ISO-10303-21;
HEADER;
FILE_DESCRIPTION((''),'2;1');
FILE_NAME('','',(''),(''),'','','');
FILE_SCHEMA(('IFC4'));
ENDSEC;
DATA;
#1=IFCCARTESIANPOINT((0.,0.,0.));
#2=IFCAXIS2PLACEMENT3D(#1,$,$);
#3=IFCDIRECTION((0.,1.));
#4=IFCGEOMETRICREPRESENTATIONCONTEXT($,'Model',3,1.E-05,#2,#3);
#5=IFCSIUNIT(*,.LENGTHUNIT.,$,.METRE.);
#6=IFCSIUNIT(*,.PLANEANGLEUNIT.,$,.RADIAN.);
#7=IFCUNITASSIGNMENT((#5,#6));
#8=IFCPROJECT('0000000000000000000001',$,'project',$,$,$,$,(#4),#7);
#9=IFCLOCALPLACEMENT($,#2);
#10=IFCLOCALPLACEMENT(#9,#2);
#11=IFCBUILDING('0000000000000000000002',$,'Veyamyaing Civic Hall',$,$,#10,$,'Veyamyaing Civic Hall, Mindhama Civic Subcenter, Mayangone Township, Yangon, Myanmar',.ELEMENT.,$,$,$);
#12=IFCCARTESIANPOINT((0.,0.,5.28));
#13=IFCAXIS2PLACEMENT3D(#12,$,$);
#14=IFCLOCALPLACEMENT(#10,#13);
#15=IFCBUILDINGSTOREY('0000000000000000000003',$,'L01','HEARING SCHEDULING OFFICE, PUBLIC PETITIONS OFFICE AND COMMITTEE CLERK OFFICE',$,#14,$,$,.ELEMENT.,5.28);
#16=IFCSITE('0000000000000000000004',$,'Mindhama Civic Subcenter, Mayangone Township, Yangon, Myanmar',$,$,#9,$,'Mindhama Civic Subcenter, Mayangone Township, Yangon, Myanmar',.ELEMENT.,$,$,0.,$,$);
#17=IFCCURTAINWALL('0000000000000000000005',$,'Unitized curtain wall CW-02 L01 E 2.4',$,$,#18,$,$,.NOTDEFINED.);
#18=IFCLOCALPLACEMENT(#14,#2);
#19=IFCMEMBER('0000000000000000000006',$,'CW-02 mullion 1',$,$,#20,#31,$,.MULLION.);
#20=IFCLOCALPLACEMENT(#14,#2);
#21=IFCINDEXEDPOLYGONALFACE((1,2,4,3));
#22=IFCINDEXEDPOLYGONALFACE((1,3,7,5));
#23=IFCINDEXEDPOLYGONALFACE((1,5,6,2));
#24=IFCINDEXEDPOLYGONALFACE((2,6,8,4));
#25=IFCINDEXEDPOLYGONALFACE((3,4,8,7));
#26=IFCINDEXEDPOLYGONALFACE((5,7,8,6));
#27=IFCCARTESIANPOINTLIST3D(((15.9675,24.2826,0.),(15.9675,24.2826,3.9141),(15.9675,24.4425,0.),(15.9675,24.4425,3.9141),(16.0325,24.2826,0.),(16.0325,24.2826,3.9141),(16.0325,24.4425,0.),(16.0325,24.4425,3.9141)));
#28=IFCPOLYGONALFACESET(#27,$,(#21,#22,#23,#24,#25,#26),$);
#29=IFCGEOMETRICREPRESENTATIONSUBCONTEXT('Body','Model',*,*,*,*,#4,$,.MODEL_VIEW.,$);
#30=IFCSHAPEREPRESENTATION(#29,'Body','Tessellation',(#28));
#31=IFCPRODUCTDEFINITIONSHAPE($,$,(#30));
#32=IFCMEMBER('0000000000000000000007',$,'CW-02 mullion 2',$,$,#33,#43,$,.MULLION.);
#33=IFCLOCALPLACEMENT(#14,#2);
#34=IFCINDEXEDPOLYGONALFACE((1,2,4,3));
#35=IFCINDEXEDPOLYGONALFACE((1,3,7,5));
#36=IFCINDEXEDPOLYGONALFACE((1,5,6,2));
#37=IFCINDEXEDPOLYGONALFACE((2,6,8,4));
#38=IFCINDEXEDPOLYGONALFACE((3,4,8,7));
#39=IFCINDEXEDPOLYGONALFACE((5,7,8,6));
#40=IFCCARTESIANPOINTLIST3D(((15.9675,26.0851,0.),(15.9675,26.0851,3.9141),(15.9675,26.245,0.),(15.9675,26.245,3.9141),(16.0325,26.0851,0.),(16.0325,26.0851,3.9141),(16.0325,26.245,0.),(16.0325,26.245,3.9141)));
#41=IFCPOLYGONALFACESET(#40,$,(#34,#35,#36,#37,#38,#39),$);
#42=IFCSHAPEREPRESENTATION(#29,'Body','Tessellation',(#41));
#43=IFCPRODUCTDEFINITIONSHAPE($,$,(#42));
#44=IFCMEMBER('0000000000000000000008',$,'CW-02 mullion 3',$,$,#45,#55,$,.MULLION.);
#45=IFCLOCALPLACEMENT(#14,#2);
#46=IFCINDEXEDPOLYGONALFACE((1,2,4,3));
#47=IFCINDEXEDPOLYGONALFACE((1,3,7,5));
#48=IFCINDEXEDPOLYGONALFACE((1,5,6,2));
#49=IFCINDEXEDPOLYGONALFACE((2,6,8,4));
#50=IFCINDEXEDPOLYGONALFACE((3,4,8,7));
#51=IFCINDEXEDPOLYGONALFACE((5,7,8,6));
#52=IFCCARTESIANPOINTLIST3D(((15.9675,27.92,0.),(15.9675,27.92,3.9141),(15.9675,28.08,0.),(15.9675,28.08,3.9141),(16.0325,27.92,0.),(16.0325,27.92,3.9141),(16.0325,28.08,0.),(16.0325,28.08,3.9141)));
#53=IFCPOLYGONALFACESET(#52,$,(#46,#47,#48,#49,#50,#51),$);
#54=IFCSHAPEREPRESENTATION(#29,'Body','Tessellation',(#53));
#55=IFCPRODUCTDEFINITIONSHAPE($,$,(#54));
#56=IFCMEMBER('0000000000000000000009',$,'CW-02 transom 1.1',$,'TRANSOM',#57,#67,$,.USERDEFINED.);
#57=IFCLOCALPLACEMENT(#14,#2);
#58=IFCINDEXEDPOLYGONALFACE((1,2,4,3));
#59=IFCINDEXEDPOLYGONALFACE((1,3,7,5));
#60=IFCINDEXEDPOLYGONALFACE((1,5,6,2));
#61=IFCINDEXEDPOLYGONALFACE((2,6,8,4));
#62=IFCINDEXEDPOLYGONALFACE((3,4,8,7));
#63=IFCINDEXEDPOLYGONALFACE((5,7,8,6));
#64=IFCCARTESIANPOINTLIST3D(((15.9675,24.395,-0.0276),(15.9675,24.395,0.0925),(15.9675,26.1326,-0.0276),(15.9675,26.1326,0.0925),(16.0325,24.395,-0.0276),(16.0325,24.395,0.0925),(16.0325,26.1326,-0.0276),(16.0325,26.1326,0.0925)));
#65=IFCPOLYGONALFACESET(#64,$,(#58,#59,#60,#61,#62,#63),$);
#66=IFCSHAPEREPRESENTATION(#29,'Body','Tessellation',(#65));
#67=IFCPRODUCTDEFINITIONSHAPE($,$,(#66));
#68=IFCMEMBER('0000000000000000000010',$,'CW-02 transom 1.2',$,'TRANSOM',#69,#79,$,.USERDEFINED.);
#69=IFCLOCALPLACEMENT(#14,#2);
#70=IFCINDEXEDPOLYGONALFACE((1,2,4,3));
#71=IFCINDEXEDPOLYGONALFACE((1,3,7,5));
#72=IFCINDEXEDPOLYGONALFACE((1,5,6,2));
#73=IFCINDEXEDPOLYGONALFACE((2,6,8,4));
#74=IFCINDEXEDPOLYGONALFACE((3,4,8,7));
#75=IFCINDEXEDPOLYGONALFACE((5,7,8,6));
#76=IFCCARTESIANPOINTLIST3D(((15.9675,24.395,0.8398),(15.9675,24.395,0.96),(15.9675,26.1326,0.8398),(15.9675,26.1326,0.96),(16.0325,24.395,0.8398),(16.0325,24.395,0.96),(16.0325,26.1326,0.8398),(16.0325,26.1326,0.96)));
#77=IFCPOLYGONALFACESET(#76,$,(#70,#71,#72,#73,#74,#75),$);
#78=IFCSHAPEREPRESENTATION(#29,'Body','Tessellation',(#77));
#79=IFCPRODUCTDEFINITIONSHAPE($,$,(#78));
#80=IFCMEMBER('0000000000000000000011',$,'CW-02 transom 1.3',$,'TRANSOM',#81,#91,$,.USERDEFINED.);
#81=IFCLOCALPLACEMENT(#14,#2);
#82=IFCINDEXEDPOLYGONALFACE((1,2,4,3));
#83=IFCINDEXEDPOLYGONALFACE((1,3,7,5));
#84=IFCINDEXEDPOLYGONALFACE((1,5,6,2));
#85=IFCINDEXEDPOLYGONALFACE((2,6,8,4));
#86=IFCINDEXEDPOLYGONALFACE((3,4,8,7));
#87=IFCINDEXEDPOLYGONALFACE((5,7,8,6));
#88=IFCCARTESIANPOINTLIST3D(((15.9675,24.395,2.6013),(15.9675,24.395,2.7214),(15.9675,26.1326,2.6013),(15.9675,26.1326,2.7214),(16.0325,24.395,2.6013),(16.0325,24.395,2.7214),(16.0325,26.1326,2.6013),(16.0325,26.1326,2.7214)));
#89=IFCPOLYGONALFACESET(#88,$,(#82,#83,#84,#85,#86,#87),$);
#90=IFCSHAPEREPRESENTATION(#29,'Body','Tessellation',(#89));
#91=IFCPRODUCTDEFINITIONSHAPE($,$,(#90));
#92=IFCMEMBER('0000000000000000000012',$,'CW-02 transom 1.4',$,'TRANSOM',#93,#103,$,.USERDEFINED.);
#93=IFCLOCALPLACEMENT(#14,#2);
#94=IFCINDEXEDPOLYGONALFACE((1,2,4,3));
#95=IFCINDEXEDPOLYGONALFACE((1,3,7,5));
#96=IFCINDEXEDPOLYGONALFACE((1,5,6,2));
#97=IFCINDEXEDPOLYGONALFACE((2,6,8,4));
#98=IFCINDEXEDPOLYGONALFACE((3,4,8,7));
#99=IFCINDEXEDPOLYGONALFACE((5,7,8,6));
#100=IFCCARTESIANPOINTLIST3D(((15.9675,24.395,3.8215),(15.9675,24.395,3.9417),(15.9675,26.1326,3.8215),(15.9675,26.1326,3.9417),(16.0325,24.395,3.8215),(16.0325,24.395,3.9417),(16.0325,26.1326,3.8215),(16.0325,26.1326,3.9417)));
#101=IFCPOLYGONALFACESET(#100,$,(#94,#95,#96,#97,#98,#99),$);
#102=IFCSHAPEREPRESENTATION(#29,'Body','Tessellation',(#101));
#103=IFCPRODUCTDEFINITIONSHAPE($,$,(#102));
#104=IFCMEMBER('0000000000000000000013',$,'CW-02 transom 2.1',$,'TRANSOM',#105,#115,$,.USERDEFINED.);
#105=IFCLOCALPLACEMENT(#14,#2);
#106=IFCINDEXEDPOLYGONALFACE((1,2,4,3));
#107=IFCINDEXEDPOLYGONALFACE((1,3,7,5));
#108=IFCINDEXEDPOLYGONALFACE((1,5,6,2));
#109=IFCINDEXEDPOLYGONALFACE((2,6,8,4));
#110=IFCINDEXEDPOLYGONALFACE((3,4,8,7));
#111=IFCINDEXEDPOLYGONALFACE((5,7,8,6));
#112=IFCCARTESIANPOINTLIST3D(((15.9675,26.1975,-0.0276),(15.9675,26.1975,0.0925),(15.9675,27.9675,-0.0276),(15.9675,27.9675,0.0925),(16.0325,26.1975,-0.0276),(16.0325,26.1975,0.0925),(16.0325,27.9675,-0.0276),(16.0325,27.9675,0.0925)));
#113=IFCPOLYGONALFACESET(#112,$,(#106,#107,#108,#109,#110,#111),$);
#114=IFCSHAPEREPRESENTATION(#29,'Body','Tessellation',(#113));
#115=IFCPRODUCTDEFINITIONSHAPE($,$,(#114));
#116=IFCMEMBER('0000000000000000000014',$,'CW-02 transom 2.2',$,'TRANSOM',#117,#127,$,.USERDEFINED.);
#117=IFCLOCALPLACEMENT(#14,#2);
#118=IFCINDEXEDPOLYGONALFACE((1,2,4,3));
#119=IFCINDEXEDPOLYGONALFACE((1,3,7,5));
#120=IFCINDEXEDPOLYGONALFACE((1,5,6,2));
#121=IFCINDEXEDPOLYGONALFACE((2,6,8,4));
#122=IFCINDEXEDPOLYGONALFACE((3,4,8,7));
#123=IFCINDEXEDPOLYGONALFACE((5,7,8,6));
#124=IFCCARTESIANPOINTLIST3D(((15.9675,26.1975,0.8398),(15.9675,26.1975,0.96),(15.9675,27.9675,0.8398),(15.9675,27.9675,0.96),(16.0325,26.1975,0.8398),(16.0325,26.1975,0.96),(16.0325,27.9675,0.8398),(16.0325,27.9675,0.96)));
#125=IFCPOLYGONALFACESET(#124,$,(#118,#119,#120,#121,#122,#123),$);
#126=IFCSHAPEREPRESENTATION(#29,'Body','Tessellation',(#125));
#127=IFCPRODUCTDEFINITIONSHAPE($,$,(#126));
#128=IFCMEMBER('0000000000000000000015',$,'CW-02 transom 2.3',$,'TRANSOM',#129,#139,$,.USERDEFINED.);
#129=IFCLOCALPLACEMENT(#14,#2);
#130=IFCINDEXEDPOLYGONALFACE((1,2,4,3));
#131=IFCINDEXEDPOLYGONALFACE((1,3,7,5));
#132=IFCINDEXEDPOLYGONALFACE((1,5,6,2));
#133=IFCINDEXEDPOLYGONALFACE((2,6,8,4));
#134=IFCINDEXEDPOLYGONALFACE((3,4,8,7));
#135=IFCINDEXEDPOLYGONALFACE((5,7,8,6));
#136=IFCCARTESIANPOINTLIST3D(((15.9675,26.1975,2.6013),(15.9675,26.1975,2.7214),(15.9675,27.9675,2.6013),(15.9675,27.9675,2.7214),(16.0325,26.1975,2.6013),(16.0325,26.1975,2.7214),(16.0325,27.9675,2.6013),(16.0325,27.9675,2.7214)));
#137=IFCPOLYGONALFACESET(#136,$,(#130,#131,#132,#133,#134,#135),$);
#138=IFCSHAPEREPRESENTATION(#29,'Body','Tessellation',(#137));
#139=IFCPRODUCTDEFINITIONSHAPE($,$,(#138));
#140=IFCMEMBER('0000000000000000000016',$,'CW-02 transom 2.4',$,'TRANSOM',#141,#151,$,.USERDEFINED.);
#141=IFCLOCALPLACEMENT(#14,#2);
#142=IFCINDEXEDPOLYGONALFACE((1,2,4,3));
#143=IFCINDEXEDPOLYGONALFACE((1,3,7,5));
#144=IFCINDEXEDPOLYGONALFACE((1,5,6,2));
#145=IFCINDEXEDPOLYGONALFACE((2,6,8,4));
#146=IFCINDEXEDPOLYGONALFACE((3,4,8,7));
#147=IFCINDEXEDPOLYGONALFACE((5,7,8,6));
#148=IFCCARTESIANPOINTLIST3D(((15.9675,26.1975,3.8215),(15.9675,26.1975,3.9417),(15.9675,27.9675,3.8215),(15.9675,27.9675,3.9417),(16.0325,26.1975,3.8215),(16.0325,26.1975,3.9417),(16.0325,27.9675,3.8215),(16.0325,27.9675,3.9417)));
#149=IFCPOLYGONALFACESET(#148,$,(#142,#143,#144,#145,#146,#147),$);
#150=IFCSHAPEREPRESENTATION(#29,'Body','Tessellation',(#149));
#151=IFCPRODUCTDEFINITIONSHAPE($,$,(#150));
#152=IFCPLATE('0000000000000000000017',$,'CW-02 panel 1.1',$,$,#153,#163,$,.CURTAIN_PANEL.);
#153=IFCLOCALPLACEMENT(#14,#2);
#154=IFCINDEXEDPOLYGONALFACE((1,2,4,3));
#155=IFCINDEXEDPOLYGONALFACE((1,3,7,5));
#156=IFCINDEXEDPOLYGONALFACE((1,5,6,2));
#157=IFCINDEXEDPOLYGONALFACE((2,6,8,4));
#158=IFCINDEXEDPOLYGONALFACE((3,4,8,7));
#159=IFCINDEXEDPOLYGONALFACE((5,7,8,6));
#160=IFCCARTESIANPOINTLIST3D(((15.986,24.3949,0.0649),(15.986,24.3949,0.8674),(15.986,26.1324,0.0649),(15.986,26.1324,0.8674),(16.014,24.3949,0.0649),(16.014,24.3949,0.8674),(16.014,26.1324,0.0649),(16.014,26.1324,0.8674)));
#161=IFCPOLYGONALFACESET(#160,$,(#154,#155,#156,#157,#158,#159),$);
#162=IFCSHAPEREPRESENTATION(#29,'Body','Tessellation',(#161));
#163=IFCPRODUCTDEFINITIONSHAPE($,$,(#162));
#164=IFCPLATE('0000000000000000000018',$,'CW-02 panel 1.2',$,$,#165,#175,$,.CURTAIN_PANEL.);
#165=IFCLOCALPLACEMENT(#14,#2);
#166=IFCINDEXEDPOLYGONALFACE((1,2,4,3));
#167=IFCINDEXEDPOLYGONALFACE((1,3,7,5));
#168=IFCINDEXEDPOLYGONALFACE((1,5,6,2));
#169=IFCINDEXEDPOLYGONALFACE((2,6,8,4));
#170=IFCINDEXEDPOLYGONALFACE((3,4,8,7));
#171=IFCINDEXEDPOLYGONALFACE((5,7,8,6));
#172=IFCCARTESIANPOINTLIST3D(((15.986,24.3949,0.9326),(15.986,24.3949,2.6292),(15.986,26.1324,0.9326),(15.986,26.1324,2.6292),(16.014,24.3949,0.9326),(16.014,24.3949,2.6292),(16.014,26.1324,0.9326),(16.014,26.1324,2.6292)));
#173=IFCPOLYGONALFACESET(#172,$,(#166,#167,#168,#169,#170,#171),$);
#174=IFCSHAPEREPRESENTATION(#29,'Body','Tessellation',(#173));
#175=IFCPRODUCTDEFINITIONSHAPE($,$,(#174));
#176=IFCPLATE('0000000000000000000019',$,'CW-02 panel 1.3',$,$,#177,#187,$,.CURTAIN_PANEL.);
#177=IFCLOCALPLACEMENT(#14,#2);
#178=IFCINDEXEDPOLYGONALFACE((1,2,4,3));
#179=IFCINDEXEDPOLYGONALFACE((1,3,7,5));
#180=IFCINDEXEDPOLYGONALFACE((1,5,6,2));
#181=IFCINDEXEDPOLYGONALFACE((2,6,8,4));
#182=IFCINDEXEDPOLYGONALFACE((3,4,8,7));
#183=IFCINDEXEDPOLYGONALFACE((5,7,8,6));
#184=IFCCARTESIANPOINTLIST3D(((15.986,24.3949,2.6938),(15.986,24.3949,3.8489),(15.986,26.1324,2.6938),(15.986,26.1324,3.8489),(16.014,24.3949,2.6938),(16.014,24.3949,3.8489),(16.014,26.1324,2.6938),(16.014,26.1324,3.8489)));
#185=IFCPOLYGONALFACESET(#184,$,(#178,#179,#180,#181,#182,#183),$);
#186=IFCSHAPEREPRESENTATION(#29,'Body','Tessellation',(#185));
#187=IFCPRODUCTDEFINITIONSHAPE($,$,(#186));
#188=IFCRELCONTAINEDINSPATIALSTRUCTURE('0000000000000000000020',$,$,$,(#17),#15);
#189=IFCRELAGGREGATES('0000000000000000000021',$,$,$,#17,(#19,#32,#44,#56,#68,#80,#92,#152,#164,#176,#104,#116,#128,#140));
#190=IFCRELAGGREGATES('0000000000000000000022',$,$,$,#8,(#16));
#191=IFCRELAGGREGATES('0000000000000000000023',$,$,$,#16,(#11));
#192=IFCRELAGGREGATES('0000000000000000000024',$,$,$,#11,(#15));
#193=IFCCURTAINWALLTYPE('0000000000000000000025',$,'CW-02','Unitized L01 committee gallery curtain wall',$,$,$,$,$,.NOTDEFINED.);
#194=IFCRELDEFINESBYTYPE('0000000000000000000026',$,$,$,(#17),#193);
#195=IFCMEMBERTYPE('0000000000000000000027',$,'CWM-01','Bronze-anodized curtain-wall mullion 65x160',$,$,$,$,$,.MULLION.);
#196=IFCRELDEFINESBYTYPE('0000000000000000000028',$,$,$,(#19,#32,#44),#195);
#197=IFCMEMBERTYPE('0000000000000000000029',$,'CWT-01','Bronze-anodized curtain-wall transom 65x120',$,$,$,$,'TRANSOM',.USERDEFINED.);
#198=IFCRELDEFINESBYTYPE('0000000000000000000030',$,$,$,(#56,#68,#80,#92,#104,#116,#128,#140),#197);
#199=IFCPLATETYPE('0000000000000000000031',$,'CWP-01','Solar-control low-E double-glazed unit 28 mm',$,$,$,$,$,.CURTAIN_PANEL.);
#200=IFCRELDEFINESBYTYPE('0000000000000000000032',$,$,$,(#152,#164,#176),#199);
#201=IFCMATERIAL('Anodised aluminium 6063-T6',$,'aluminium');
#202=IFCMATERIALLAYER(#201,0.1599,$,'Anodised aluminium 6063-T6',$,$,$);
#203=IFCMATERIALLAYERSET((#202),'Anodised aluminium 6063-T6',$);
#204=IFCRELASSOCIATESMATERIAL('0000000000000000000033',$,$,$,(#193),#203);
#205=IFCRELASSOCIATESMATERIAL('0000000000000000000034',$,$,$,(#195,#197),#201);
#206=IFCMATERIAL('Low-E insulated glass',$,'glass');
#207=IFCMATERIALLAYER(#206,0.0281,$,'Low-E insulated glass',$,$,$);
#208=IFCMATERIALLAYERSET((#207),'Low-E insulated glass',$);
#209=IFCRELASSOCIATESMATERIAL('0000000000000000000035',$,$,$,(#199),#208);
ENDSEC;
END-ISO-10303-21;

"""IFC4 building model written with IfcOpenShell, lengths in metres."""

from ifc_helpers import new_model, si_unit, direction, frame, origin, origin_2d, place, context, subcontext, project, spatial, rectangle, extrude, material, layer, layer_set, material_profile, profile_set, type_object, element, aggregate, save


model = new_model("IFC4")

# Units and contexts
model_context = context("Model", 3, precision=1e-05, world=origin(), true_north=direction((0.0, 1.0)))
body_context = subcontext(model_context, "Body", "Model", "MODEL_VIEW")
ifc_project = project(units=[si_unit("LENGTHUNIT", "METRE"), si_unit("PLANEANGLEUNIT", "RADIAN")], contexts=[model_context])

# Site, building, storey
site_placement = place(None, origin())
site = spatial("IfcSite", under=ifc_project, at=site_placement, Name="Mindhama Civic Subcenter, Mayangone Township, Yangon, Myanmar", LongName="Mindhama Civic Subcenter, Mayangone Township, Yangon, Myanmar", CompositionType="ELEMENT", RefElevation=0.0)
building_placement = place(site_placement, origin())
building = spatial("IfcBuilding", under=site, at=building_placement, Name="Veyamyaing Civic Hall", LongName="Veyamyaing Civic Hall, Mindhama Civic Subcenter, Mayangone Township, Yangon, Myanmar", CompositionType="ELEMENT")
storey_placement = place(building_placement, frame((0.0, 0.0, 5.28)))
storey = spatial("IfcBuildingStorey", under=building, at=storey_placement, Name="L01", Description="HEARING SCHEDULING OFFICE, PUBLIC PETITIONS OFFICE AND COMMITTEE CLERK OFFICE", CompositionType="ELEMENT", Elevation=5.28)

# Curtain wall, members, plates
ifc_material_1 = material(Name="Anodised aluminium 6063-T6", Category="aluminium")
ifc_layer_1 = layer(ifc_material_1, 0.1599, Name="Anodised aluminium 6063-T6")
ifc_layer_set_1 = layer_set([ifc_layer_1], Name="Anodised aluminium 6063-T6")
curtain_wall_type = type_object("IfcCurtainWallType", Name="CW-02", Description="Unitized L01 committee gallery curtain wall", PredefinedType="NOTDEFINED", material=ifc_layer_set_1)
curtain_wall_placement = place(storey_placement, origin())
curtain_wall = element("IfcCurtainWall", 1, at=curtain_wall_placement, inside=storey, type_object=curtain_wall_type, Name="Unitized curtain wall CW-02 L01 E 2.4", PredefinedType="NOTDEFINED")
ifc_material_profile_1 = material_profile(ifc_material_1, rectangle(XDim=0.0649, YDim=0.1599, at=origin_2d()), Name="ALU-MUL-65X160")
ifc_profile_set_1 = profile_set([ifc_material_profile_1], Name="Anodised aluminium 6063-T6")
member_type_1 = type_object("IfcMemberType", Name="CWM-01", Description="Bronze-anodized curtain-wall mullion 65x160", PredefinedType="MULLION", material=ifc_profile_set_1)
member_1_placement = place(storey_placement, frame((16.0, 24.3625, 0.0), z_axis=(0.0, 0.0, 1.0), x_axis=(-1.0, 0.0, 0.0)))
member_1 = element("IfcMember", 2, at=member_1_placement, type_object=member_type_1, Name="CW-02 mullion 1", PredefinedType="MULLION", context=body_context, shape_type="SweptSolid", body=[
    extrude(rectangle(XDim=0.0649, YDim=0.1599, at=origin_2d()), origin(), (0.0, 0.0, 1.0), 3.9141),
])
member_2_placement = place(storey_placement, frame((16.0, 26.165, 0.0), z_axis=(0.0, 0.0, 1.0), x_axis=(-1.0, 0.0, 0.0)))
member_2 = element("IfcMember", 3, at=member_2_placement, type_object=member_type_1, Name="CW-02 mullion 2", PredefinedType="MULLION", context=body_context, shape_type="SweptSolid", body=[
    extrude(rectangle(XDim=0.0649, YDim=0.1599, at=origin_2d()), origin(), (0.0, 0.0, 1.0), 3.9141),
])
member_3_placement = place(storey_placement, frame((16.0, 28.0, 0.0), z_axis=(0.0, 0.0, 1.0), x_axis=(-1.0, 0.0, 0.0)))
member_3 = element("IfcMember", 4, at=member_3_placement, type_object=member_type_1, Name="CW-02 mullion 3", PredefinedType="MULLION", context=body_context, shape_type="SweptSolid", body=[
    extrude(rectangle(XDim=0.0649, YDim=0.1599, at=origin_2d()), origin(), (0.0, 0.0, 1.0), 3.9141),
])
ifc_material_profile_2 = material_profile(ifc_material_1, rectangle(XDim=0.0649, YDim=0.1201, at=origin_2d()), Name="ALU-TRN-65X120")
ifc_profile_set_2 = profile_set([ifc_material_profile_2], Name="Anodised aluminium 6063-T6")
member_type_2 = type_object("IfcMemberType", Name="CWT-01", Description="Bronze-anodized curtain-wall transom 65x120", ElementType="TRANSOM", PredefinedType="USERDEFINED", material=ifc_profile_set_2)
member_4_placement = place(storey_placement, frame((16.0, 24.395, 0.0325), z_axis=(0.0, 1.0, 0.0), x_axis=(-1.0, 0.0, 0.0)))
member_4 = element("IfcMember", 5, at=member_4_placement, type_object=member_type_2, Name="CW-02 transom 1.1", ObjectType="TRANSOM", PredefinedType="USERDEFINED", context=body_context, shape_type="SweptSolid", body=[
    extrude(rectangle(XDim=0.0649, YDim=0.1201, at=origin_2d()), origin(), (0.0, 0.0, 1.0), 1.7375),
])
member_5_placement = place(storey_placement, frame((16.0, 24.395, 0.8999), z_axis=(0.0, 1.0, 0.0), x_axis=(-1.0, 0.0, 0.0)))
member_5 = element("IfcMember", 6, at=member_5_placement, type_object=member_type_2, Name="CW-02 transom 1.2", ObjectType="TRANSOM", PredefinedType="USERDEFINED", context=body_context, shape_type="SweptSolid", body=[
    extrude(rectangle(XDim=0.0649, YDim=0.1201, at=origin_2d()), origin(), (0.0, 0.0, 1.0), 1.7375),
])
member_6_placement = place(storey_placement, frame((16.0, 24.395, 2.6614), z_axis=(0.0, 1.0, 0.0), x_axis=(-1.0, 0.0, 0.0)))
member_6 = element("IfcMember", 7, at=member_6_placement, type_object=member_type_2, Name="CW-02 transom 1.3", ObjectType="TRANSOM", PredefinedType="USERDEFINED", context=body_context, shape_type="SweptSolid", body=[
    extrude(rectangle(XDim=0.0649, YDim=0.1201, at=origin_2d()), origin(), (0.0, 0.0, 1.0), 1.7375),
])
member_7_placement = place(storey_placement, frame((16.0, 24.395, 3.8816), z_axis=(0.0, 1.0, 0.0), x_axis=(-1.0, 0.0, 0.0)))
member_7 = element("IfcMember", 8, at=member_7_placement, type_object=member_type_2, Name="CW-02 transom 1.4", ObjectType="TRANSOM", PredefinedType="USERDEFINED", context=body_context, shape_type="SweptSolid", body=[
    extrude(rectangle(XDim=0.0649, YDim=0.1201, at=origin_2d()), origin(), (0.0, 0.0, 1.0), 1.7375),
])
member_8_placement = place(storey_placement, frame((16.0, 26.1975, 0.0325), z_axis=(0.0, 1.0, 0.0), x_axis=(-1.0, 0.0, 0.0)))
member_8 = element("IfcMember", 9, at=member_8_placement, type_object=member_type_2, Name="CW-02 transom 2.1", ObjectType="TRANSOM", PredefinedType="USERDEFINED", context=body_context, shape_type="SweptSolid", body=[
    extrude(rectangle(XDim=0.0649, YDim=0.1201, at=origin_2d()), origin(), (0.0, 0.0, 1.0), 1.77),
])
member_9_placement = place(storey_placement, frame((16.0, 26.1975, 0.8999), z_axis=(0.0, 1.0, 0.0), x_axis=(-1.0, 0.0, 0.0)))
member_9 = element("IfcMember", 10, at=member_9_placement, type_object=member_type_2, Name="CW-02 transom 2.2", ObjectType="TRANSOM", PredefinedType="USERDEFINED", context=body_context, shape_type="SweptSolid", body=[
    extrude(rectangle(XDim=0.0649, YDim=0.1201, at=origin_2d()), origin(), (0.0, 0.0, 1.0), 1.77),
])
member_10_placement = place(storey_placement, frame((16.0, 26.1975, 2.6614), z_axis=(0.0, 1.0, 0.0), x_axis=(-1.0, 0.0, 0.0)))
member_10 = element("IfcMember", 11, at=member_10_placement, type_object=member_type_2, Name="CW-02 transom 2.3", ObjectType="TRANSOM", PredefinedType="USERDEFINED", context=body_context, shape_type="SweptSolid", body=[
    extrude(rectangle(XDim=0.0649, YDim=0.1201, at=origin_2d()), origin(), (0.0, 0.0, 1.0), 1.77),
])
member_11_placement = place(storey_placement, frame((16.0, 26.1975, 3.8816), z_axis=(0.0, 1.0, 0.0), x_axis=(-1.0, 0.0, 0.0)))
member_11 = element("IfcMember", 12, at=member_11_placement, type_object=member_type_2, Name="CW-02 transom 2.4", ObjectType="TRANSOM", PredefinedType="USERDEFINED", context=body_context, shape_type="SweptSolid", body=[
    extrude(rectangle(XDim=0.0649, YDim=0.1201, at=origin_2d()), origin(), (0.0, 0.0, 1.0), 1.77),
])
ifc_material_2 = material(Name="Low-E insulated glass", Category="glass")
ifc_layer_2 = layer(ifc_material_2, 0.0281, Name="Low-E insulated glass")
ifc_layer_set_2 = layer_set([ifc_layer_2], Name="Low-E insulated glass")
plate_type = type_object("IfcPlateType", Name="CWP-01", Description="Solar-control low-E double-glazed unit 28 mm", PredefinedType="CURTAIN_PANEL", material=ifc_layer_set_2)
plate_1_placement = place(storey_placement, frame((16.0, 25.2637, 0.0649), z_axis=(0.0, 0.0, 1.0), x_axis=(0.0, 1.0, 0.0)))
plate_1 = element("IfcPlate", 13, at=plate_1_placement, type_object=plate_type, Name="CW-02 panel 1.1", PredefinedType="CURTAIN_PANEL", context=body_context, shape_type="SweptSolid", body=[
    extrude(rectangle(XDim=1.7375, YDim=0.0281, at=origin_2d()), origin(), (0.0, 0.0, 1.0), 0.8025),
])
plate_2_placement = place(storey_placement, frame((16.0, 25.2637, 0.9326), z_axis=(0.0, 0.0, 1.0), x_axis=(0.0, 1.0, 0.0)))
plate_2 = element("IfcPlate", 14, at=plate_2_placement, type_object=plate_type, Name="CW-02 panel 1.2", PredefinedType="CURTAIN_PANEL", context=body_context, shape_type="SweptSolid", body=[
    extrude(rectangle(XDim=1.7375, YDim=0.0281, at=origin_2d()), origin(), (0.0, 0.0, 1.0), 1.6965),
])
plate_3_placement = place(storey_placement, frame((16.0, 25.2637, 2.6938), z_axis=(0.0, 0.0, 1.0), x_axis=(0.0, 1.0, 0.0)))
plate_3 = element("IfcPlate", 15, at=plate_3_placement, type_object=plate_type, Name="CW-02 panel 1.3", PredefinedType="CURTAIN_PANEL", context=body_context, shape_type="SweptSolid", body=[
    extrude(rectangle(XDim=1.7375, YDim=0.0281, at=origin_2d()), origin(), (0.0, 0.0, 1.0), 1.155),
])
aggregate(curtain_wall, [member_1, member_2, member_3, member_4, member_5, member_6, member_7, plate_1, plate_2, plate_3, member_8, member_9, member_10, member_11])

save(model, "model.ifc")
